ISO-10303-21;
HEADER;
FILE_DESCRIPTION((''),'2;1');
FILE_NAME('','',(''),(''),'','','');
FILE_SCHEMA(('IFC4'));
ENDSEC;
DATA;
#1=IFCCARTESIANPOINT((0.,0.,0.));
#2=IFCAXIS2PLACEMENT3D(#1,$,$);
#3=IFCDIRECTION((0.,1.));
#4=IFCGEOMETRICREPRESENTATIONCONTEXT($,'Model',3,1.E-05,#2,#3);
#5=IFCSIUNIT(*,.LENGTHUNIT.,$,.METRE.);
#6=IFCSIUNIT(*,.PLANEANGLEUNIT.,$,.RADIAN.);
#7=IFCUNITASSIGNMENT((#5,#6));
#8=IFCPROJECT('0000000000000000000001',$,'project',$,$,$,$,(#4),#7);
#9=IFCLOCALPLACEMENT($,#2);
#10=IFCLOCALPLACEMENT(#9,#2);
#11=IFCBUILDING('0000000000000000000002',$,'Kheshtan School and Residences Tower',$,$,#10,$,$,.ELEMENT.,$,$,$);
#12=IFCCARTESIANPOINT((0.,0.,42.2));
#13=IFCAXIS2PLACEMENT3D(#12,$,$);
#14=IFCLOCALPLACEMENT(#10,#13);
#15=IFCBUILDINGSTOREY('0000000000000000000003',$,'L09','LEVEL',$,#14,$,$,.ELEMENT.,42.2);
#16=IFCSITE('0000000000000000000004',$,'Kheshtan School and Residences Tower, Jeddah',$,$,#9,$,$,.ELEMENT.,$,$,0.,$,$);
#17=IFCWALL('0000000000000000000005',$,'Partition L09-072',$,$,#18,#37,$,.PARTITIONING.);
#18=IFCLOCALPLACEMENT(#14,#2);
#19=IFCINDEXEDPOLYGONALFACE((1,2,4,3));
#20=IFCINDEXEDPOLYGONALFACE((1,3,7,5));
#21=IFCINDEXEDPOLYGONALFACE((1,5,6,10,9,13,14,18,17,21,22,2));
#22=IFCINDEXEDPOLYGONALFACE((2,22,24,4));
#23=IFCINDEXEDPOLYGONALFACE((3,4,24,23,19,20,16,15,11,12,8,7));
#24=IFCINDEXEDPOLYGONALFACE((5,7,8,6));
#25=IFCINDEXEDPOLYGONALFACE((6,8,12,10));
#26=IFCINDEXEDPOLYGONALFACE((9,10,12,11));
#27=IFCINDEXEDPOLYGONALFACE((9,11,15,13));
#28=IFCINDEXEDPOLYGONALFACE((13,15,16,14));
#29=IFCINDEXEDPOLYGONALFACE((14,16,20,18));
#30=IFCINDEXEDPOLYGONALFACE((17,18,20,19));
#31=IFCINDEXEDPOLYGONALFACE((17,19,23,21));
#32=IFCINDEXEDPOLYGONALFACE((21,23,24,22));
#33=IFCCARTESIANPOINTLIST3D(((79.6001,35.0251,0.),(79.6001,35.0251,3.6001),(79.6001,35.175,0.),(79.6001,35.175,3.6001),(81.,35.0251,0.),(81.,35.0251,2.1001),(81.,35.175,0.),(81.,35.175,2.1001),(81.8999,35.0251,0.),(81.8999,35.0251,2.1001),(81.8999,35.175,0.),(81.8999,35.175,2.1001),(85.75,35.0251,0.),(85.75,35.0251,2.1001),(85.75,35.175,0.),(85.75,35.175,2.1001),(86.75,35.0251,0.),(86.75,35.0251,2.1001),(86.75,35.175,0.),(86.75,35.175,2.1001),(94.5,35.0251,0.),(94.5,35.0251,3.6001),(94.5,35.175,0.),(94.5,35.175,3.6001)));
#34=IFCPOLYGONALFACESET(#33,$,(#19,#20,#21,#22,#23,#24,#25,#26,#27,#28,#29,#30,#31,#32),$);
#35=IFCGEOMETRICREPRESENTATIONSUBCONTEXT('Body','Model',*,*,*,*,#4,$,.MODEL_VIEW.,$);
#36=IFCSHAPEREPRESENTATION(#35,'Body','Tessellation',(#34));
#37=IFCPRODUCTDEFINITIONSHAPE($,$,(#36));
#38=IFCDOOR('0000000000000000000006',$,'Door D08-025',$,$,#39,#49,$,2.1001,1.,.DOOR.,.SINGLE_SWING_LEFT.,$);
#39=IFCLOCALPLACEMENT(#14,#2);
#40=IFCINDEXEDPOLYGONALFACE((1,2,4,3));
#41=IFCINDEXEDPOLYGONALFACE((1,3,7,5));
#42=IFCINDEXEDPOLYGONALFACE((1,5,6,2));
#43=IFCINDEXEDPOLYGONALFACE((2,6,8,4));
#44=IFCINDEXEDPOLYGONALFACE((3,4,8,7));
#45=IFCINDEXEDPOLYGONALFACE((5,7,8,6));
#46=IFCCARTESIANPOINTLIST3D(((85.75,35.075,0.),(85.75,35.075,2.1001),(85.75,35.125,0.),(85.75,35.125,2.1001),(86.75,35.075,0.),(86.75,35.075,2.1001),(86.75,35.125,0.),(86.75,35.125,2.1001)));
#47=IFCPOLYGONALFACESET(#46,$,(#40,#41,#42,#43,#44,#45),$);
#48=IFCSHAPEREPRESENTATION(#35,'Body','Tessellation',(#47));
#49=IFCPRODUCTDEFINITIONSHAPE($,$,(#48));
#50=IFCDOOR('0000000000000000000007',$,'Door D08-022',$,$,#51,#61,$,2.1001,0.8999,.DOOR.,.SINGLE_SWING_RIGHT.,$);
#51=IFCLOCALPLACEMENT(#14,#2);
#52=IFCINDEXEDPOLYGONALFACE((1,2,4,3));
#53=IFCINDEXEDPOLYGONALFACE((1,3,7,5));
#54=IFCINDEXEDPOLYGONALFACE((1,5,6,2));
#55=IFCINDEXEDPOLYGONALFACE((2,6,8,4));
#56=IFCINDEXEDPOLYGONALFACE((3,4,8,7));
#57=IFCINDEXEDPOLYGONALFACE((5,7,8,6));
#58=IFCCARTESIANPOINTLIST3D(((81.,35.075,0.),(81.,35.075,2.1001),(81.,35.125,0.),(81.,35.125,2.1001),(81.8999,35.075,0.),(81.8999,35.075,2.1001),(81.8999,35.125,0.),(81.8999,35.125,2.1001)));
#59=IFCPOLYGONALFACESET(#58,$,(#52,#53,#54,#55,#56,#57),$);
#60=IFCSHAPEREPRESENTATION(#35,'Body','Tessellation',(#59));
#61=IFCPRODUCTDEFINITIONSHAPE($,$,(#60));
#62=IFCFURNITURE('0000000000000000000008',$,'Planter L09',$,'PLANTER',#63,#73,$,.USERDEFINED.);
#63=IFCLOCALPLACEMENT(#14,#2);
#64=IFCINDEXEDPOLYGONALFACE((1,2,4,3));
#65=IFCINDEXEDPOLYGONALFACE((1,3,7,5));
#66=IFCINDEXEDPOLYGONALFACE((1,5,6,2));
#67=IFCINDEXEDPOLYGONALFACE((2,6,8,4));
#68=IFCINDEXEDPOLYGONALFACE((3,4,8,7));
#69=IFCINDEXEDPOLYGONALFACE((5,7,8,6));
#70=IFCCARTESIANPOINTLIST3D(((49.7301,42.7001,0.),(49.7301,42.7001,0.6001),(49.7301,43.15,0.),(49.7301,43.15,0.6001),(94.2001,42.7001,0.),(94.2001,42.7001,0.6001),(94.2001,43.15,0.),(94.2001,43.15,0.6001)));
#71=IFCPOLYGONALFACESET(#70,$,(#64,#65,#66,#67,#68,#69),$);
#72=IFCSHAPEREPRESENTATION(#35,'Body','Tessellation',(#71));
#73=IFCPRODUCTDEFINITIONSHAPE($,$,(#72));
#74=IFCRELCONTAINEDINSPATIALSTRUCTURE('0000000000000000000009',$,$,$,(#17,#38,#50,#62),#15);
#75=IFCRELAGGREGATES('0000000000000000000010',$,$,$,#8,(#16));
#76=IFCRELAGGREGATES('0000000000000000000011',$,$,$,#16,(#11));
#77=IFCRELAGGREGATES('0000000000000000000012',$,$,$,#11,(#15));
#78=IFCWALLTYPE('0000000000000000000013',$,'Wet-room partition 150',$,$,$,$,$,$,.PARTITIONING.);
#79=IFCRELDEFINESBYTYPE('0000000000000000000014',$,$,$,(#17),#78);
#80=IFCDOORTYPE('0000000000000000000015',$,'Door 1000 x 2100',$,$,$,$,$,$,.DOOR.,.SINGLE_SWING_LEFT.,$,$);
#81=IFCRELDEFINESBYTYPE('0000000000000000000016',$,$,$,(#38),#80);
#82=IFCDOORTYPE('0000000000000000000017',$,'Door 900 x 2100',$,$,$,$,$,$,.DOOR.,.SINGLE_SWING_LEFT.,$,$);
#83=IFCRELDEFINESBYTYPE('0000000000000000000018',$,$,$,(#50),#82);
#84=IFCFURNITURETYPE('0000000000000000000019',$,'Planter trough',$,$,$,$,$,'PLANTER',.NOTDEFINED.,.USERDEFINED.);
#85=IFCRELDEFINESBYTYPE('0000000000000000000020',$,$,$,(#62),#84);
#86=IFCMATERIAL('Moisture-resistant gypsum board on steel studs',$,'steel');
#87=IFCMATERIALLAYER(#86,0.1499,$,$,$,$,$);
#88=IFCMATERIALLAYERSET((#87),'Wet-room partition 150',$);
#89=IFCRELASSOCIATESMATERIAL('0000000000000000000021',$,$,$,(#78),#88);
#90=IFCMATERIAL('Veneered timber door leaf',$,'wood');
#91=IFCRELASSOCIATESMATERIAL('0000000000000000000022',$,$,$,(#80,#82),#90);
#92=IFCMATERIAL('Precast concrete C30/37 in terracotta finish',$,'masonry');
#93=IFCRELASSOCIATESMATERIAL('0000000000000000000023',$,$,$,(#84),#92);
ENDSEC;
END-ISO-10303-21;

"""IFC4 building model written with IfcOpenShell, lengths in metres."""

from ifc_helpers import new_model, si_unit, direction, frame, frame_2d, origin, origin_2d, place, context, subcontext, project, spatial, rectangle, extrude, source, transform, mapped, material, layer, layer_set, type_object, element, fill, save


model = new_model("IFC4")

# Units and contexts
model_context = context("Model", 3, precision=1e-05, world=origin(), true_north=direction((0.0, 1.0)))
body_context = subcontext(model_context, "Body", "Model", "MODEL_VIEW")
ifc_project = project(units=[si_unit("LENGTHUNIT", "METRE"), si_unit("PLANEANGLEUNIT", "RADIAN")], contexts=[model_context])

# Site, building, storey
site_placement = place(None, origin())
site = spatial("IfcSite", under=ifc_project, at=site_placement, Name="Kheshtan School and Residences Tower, Jeddah", CompositionType="ELEMENT", RefElevation=0.0)
building_placement = place(site_placement, origin())
building = spatial("IfcBuilding", under=site, at=building_placement, Name="Kheshtan School and Residences Tower", CompositionType="ELEMENT")
storey_placement = place(building_placement, frame((0.0, 0.0, 42.2)))
storey = spatial("IfcBuildingStorey", under=building, at=storey_placement, Name="L09", Description="LEVEL", CompositionType="ELEMENT", Elevation=42.2)

# Shared definitions
ifc_material_1 = material(Name="Moisture-resistant gypsum board on steel studs", Category="steel")
ifc_layer_1 = layer(ifc_material_1, 0.1499)
ifc_layer_set_1 = layer_set([ifc_layer_1], Name="Wet-room partition 150")
wall_type_1 = type_object("IfcWallType", Name="Wet-room partition 150", PredefinedType="PARTITIONING", material=ifc_layer_set_1)
ifc_material_2 = material(Name="Veneered timber door leaf", Category="wood")

# Wall, openings, doors
wall_1_placement = place(storey_placement, frame((79.6001, 35.1001, 0.0), z_axis=(0.0, 0.0, 1.0), x_axis=(1.0, 0.0, 0.0)))
wall_1 = element("IfcWall", 1, at=wall_1_placement, inside=storey, type_object=wall_type_1, Name="Partition L09-072", PredefinedType="PARTITIONING", context=body_context, shape_type="SweptSolid", body=[
    extrude(rectangle(XDim=14.8999, YDim=0.1499, at=frame_2d((7.45, 0.0))), origin(), (0.0, 0.0, 1.0), 3.6001),
])
opening_1_placement = place(wall_1_placement, frame((1.3999, 0.0, 0.0)))
opening_1 = element("IfcOpeningElement", 2, at=opening_1_placement, cuts=wall_1, PredefinedType="OPENING", context=body_context, shape_type="SweptSolid", body=[
    extrude(rectangle(XDim=0.8999, YDim=2.1001, at=frame_2d((0.45, 1.05))), frame((0.0, 0.085, 0.0), z_axis=(0.0, -1.0, 0.0), x_axis=(1.0, 0.0, 0.0)), (0.0, 0.0, 1.0), 0.1699),
])
opening_2_placement = place(wall_1_placement, frame((6.1499, 0.0, 0.0)))
opening_2 = element("IfcOpeningElement", 3, at=opening_2_placement, cuts=wall_1, PredefinedType="OPENING", context=body_context, shape_type="SweptSolid", body=[
    extrude(rectangle(XDim=1.0, YDim=2.1001, at=frame_2d((0.5, 1.05))), frame((0.0, 0.085, 0.0), z_axis=(0.0, -1.0, 0.0), x_axis=(1.0, 0.0, 0.0)), (0.0, 0.0, 1.0), 0.1699),
])
door_type_1 = type_object("IfcDoorType", Name="Door 1000 x 2100", OperationType="SINGLE_SWING_LEFT", PredefinedType="DOOR", material=ifc_material_2)
shared_shape_1 = source(origin(), body_context, "Body", "SweptSolid", [
    extrude(rectangle(XDim=1.0, YDim=2.1001, at=frame_2d((0.5, 1.05))), frame((0.0, 0.0249, 0.0), z_axis=(0.0, -1.0, 0.0), x_axis=(1.0, 0.0, 0.0)), (0.0, 0.0, 1.0), 0.05),
])
door_1_placement = place(opening_2_placement, origin())
door_1 = element("IfcDoor", 4, at=door_1_placement, inside=storey, type_object=door_type_1, Name="Door D08-025", OperationType="SINGLE_SWING_LEFT", OverallHeight=2.1001, OverallWidth=1.0, PredefinedType="DOOR", context=body_context, shape_type="MappedRepresentation", body=[
    mapped(shared_shape_1, transform((0.0, 0.0, 0.0), x_axis=(1.0, 0.0, 0.0), y_axis=(0.0, 1.0, 0.0), z_axis=(0.0, 0.0, 1.0), scale=1.0)),
])
fill(opening_2, door_1)
door_type_2 = type_object("IfcDoorType", Name="Door 900 x 2100", OperationType="SINGLE_SWING_LEFT", PredefinedType="DOOR", material=ifc_material_2)
shared_shape_2 = source(origin(), body_context, "Body", "SweptSolid", [
    extrude(rectangle(XDim=0.8999, YDim=2.1001, at=frame_2d((0.45, 1.05))), frame((0.0, 0.0249, 0.0), z_axis=(0.0, -1.0, 0.0), x_axis=(1.0, 0.0, 0.0)), (0.0, 0.0, 1.0), 0.05),
])
door_2_placement = place(opening_1_placement, origin())
door_2 = element("IfcDoor", 5, at=door_2_placement, inside=storey, type_object=door_type_2, Name="Door D08-022", OperationType="SINGLE_SWING_RIGHT", OverallHeight=2.1001, OverallWidth=0.8999, PredefinedType="DOOR", context=body_context, shape_type="MappedRepresentation", body=[
    mapped(shared_shape_2, transform((0.0, 0.0, 0.0), x_axis=(1.0, 0.0, 0.0), y_axis=(0.0, 1.0, 0.0), z_axis=(0.0, 0.0, 1.0), scale=1.0)),
])
fill(opening_1, door_2)

# Furniture
ifc_material_3 = material(Name="Precast concrete C30/37 in terracotta finish", Category="masonry")
furniture_type = type_object("IfcFurnitureType", Name="Planter trough", ElementType="PLANTER", AssemblyPlace="NOTDEFINED", PredefinedType="USERDEFINED", material=ifc_material_3)
furniture_placement = place(storey_placement, frame((71.9651, 42.925, 0.0), z_axis=(0.0, 0.0, 1.0), x_axis=(1.0, 0.0, 0.0)))
element("IfcFurniture", 6, at=furniture_placement, inside=storey, type_object=furniture_type, Name="Planter L09", ObjectType="PLANTER", PredefinedType="USERDEFINED", context=body_context, shape_type="SweptSolid", body=[
    extrude(rectangle(XDim=44.47, YDim=0.45, at=origin_2d()), origin(), (0.0, 0.0, 1.0), 0.6001),
])

save(model, "model.ifc")
